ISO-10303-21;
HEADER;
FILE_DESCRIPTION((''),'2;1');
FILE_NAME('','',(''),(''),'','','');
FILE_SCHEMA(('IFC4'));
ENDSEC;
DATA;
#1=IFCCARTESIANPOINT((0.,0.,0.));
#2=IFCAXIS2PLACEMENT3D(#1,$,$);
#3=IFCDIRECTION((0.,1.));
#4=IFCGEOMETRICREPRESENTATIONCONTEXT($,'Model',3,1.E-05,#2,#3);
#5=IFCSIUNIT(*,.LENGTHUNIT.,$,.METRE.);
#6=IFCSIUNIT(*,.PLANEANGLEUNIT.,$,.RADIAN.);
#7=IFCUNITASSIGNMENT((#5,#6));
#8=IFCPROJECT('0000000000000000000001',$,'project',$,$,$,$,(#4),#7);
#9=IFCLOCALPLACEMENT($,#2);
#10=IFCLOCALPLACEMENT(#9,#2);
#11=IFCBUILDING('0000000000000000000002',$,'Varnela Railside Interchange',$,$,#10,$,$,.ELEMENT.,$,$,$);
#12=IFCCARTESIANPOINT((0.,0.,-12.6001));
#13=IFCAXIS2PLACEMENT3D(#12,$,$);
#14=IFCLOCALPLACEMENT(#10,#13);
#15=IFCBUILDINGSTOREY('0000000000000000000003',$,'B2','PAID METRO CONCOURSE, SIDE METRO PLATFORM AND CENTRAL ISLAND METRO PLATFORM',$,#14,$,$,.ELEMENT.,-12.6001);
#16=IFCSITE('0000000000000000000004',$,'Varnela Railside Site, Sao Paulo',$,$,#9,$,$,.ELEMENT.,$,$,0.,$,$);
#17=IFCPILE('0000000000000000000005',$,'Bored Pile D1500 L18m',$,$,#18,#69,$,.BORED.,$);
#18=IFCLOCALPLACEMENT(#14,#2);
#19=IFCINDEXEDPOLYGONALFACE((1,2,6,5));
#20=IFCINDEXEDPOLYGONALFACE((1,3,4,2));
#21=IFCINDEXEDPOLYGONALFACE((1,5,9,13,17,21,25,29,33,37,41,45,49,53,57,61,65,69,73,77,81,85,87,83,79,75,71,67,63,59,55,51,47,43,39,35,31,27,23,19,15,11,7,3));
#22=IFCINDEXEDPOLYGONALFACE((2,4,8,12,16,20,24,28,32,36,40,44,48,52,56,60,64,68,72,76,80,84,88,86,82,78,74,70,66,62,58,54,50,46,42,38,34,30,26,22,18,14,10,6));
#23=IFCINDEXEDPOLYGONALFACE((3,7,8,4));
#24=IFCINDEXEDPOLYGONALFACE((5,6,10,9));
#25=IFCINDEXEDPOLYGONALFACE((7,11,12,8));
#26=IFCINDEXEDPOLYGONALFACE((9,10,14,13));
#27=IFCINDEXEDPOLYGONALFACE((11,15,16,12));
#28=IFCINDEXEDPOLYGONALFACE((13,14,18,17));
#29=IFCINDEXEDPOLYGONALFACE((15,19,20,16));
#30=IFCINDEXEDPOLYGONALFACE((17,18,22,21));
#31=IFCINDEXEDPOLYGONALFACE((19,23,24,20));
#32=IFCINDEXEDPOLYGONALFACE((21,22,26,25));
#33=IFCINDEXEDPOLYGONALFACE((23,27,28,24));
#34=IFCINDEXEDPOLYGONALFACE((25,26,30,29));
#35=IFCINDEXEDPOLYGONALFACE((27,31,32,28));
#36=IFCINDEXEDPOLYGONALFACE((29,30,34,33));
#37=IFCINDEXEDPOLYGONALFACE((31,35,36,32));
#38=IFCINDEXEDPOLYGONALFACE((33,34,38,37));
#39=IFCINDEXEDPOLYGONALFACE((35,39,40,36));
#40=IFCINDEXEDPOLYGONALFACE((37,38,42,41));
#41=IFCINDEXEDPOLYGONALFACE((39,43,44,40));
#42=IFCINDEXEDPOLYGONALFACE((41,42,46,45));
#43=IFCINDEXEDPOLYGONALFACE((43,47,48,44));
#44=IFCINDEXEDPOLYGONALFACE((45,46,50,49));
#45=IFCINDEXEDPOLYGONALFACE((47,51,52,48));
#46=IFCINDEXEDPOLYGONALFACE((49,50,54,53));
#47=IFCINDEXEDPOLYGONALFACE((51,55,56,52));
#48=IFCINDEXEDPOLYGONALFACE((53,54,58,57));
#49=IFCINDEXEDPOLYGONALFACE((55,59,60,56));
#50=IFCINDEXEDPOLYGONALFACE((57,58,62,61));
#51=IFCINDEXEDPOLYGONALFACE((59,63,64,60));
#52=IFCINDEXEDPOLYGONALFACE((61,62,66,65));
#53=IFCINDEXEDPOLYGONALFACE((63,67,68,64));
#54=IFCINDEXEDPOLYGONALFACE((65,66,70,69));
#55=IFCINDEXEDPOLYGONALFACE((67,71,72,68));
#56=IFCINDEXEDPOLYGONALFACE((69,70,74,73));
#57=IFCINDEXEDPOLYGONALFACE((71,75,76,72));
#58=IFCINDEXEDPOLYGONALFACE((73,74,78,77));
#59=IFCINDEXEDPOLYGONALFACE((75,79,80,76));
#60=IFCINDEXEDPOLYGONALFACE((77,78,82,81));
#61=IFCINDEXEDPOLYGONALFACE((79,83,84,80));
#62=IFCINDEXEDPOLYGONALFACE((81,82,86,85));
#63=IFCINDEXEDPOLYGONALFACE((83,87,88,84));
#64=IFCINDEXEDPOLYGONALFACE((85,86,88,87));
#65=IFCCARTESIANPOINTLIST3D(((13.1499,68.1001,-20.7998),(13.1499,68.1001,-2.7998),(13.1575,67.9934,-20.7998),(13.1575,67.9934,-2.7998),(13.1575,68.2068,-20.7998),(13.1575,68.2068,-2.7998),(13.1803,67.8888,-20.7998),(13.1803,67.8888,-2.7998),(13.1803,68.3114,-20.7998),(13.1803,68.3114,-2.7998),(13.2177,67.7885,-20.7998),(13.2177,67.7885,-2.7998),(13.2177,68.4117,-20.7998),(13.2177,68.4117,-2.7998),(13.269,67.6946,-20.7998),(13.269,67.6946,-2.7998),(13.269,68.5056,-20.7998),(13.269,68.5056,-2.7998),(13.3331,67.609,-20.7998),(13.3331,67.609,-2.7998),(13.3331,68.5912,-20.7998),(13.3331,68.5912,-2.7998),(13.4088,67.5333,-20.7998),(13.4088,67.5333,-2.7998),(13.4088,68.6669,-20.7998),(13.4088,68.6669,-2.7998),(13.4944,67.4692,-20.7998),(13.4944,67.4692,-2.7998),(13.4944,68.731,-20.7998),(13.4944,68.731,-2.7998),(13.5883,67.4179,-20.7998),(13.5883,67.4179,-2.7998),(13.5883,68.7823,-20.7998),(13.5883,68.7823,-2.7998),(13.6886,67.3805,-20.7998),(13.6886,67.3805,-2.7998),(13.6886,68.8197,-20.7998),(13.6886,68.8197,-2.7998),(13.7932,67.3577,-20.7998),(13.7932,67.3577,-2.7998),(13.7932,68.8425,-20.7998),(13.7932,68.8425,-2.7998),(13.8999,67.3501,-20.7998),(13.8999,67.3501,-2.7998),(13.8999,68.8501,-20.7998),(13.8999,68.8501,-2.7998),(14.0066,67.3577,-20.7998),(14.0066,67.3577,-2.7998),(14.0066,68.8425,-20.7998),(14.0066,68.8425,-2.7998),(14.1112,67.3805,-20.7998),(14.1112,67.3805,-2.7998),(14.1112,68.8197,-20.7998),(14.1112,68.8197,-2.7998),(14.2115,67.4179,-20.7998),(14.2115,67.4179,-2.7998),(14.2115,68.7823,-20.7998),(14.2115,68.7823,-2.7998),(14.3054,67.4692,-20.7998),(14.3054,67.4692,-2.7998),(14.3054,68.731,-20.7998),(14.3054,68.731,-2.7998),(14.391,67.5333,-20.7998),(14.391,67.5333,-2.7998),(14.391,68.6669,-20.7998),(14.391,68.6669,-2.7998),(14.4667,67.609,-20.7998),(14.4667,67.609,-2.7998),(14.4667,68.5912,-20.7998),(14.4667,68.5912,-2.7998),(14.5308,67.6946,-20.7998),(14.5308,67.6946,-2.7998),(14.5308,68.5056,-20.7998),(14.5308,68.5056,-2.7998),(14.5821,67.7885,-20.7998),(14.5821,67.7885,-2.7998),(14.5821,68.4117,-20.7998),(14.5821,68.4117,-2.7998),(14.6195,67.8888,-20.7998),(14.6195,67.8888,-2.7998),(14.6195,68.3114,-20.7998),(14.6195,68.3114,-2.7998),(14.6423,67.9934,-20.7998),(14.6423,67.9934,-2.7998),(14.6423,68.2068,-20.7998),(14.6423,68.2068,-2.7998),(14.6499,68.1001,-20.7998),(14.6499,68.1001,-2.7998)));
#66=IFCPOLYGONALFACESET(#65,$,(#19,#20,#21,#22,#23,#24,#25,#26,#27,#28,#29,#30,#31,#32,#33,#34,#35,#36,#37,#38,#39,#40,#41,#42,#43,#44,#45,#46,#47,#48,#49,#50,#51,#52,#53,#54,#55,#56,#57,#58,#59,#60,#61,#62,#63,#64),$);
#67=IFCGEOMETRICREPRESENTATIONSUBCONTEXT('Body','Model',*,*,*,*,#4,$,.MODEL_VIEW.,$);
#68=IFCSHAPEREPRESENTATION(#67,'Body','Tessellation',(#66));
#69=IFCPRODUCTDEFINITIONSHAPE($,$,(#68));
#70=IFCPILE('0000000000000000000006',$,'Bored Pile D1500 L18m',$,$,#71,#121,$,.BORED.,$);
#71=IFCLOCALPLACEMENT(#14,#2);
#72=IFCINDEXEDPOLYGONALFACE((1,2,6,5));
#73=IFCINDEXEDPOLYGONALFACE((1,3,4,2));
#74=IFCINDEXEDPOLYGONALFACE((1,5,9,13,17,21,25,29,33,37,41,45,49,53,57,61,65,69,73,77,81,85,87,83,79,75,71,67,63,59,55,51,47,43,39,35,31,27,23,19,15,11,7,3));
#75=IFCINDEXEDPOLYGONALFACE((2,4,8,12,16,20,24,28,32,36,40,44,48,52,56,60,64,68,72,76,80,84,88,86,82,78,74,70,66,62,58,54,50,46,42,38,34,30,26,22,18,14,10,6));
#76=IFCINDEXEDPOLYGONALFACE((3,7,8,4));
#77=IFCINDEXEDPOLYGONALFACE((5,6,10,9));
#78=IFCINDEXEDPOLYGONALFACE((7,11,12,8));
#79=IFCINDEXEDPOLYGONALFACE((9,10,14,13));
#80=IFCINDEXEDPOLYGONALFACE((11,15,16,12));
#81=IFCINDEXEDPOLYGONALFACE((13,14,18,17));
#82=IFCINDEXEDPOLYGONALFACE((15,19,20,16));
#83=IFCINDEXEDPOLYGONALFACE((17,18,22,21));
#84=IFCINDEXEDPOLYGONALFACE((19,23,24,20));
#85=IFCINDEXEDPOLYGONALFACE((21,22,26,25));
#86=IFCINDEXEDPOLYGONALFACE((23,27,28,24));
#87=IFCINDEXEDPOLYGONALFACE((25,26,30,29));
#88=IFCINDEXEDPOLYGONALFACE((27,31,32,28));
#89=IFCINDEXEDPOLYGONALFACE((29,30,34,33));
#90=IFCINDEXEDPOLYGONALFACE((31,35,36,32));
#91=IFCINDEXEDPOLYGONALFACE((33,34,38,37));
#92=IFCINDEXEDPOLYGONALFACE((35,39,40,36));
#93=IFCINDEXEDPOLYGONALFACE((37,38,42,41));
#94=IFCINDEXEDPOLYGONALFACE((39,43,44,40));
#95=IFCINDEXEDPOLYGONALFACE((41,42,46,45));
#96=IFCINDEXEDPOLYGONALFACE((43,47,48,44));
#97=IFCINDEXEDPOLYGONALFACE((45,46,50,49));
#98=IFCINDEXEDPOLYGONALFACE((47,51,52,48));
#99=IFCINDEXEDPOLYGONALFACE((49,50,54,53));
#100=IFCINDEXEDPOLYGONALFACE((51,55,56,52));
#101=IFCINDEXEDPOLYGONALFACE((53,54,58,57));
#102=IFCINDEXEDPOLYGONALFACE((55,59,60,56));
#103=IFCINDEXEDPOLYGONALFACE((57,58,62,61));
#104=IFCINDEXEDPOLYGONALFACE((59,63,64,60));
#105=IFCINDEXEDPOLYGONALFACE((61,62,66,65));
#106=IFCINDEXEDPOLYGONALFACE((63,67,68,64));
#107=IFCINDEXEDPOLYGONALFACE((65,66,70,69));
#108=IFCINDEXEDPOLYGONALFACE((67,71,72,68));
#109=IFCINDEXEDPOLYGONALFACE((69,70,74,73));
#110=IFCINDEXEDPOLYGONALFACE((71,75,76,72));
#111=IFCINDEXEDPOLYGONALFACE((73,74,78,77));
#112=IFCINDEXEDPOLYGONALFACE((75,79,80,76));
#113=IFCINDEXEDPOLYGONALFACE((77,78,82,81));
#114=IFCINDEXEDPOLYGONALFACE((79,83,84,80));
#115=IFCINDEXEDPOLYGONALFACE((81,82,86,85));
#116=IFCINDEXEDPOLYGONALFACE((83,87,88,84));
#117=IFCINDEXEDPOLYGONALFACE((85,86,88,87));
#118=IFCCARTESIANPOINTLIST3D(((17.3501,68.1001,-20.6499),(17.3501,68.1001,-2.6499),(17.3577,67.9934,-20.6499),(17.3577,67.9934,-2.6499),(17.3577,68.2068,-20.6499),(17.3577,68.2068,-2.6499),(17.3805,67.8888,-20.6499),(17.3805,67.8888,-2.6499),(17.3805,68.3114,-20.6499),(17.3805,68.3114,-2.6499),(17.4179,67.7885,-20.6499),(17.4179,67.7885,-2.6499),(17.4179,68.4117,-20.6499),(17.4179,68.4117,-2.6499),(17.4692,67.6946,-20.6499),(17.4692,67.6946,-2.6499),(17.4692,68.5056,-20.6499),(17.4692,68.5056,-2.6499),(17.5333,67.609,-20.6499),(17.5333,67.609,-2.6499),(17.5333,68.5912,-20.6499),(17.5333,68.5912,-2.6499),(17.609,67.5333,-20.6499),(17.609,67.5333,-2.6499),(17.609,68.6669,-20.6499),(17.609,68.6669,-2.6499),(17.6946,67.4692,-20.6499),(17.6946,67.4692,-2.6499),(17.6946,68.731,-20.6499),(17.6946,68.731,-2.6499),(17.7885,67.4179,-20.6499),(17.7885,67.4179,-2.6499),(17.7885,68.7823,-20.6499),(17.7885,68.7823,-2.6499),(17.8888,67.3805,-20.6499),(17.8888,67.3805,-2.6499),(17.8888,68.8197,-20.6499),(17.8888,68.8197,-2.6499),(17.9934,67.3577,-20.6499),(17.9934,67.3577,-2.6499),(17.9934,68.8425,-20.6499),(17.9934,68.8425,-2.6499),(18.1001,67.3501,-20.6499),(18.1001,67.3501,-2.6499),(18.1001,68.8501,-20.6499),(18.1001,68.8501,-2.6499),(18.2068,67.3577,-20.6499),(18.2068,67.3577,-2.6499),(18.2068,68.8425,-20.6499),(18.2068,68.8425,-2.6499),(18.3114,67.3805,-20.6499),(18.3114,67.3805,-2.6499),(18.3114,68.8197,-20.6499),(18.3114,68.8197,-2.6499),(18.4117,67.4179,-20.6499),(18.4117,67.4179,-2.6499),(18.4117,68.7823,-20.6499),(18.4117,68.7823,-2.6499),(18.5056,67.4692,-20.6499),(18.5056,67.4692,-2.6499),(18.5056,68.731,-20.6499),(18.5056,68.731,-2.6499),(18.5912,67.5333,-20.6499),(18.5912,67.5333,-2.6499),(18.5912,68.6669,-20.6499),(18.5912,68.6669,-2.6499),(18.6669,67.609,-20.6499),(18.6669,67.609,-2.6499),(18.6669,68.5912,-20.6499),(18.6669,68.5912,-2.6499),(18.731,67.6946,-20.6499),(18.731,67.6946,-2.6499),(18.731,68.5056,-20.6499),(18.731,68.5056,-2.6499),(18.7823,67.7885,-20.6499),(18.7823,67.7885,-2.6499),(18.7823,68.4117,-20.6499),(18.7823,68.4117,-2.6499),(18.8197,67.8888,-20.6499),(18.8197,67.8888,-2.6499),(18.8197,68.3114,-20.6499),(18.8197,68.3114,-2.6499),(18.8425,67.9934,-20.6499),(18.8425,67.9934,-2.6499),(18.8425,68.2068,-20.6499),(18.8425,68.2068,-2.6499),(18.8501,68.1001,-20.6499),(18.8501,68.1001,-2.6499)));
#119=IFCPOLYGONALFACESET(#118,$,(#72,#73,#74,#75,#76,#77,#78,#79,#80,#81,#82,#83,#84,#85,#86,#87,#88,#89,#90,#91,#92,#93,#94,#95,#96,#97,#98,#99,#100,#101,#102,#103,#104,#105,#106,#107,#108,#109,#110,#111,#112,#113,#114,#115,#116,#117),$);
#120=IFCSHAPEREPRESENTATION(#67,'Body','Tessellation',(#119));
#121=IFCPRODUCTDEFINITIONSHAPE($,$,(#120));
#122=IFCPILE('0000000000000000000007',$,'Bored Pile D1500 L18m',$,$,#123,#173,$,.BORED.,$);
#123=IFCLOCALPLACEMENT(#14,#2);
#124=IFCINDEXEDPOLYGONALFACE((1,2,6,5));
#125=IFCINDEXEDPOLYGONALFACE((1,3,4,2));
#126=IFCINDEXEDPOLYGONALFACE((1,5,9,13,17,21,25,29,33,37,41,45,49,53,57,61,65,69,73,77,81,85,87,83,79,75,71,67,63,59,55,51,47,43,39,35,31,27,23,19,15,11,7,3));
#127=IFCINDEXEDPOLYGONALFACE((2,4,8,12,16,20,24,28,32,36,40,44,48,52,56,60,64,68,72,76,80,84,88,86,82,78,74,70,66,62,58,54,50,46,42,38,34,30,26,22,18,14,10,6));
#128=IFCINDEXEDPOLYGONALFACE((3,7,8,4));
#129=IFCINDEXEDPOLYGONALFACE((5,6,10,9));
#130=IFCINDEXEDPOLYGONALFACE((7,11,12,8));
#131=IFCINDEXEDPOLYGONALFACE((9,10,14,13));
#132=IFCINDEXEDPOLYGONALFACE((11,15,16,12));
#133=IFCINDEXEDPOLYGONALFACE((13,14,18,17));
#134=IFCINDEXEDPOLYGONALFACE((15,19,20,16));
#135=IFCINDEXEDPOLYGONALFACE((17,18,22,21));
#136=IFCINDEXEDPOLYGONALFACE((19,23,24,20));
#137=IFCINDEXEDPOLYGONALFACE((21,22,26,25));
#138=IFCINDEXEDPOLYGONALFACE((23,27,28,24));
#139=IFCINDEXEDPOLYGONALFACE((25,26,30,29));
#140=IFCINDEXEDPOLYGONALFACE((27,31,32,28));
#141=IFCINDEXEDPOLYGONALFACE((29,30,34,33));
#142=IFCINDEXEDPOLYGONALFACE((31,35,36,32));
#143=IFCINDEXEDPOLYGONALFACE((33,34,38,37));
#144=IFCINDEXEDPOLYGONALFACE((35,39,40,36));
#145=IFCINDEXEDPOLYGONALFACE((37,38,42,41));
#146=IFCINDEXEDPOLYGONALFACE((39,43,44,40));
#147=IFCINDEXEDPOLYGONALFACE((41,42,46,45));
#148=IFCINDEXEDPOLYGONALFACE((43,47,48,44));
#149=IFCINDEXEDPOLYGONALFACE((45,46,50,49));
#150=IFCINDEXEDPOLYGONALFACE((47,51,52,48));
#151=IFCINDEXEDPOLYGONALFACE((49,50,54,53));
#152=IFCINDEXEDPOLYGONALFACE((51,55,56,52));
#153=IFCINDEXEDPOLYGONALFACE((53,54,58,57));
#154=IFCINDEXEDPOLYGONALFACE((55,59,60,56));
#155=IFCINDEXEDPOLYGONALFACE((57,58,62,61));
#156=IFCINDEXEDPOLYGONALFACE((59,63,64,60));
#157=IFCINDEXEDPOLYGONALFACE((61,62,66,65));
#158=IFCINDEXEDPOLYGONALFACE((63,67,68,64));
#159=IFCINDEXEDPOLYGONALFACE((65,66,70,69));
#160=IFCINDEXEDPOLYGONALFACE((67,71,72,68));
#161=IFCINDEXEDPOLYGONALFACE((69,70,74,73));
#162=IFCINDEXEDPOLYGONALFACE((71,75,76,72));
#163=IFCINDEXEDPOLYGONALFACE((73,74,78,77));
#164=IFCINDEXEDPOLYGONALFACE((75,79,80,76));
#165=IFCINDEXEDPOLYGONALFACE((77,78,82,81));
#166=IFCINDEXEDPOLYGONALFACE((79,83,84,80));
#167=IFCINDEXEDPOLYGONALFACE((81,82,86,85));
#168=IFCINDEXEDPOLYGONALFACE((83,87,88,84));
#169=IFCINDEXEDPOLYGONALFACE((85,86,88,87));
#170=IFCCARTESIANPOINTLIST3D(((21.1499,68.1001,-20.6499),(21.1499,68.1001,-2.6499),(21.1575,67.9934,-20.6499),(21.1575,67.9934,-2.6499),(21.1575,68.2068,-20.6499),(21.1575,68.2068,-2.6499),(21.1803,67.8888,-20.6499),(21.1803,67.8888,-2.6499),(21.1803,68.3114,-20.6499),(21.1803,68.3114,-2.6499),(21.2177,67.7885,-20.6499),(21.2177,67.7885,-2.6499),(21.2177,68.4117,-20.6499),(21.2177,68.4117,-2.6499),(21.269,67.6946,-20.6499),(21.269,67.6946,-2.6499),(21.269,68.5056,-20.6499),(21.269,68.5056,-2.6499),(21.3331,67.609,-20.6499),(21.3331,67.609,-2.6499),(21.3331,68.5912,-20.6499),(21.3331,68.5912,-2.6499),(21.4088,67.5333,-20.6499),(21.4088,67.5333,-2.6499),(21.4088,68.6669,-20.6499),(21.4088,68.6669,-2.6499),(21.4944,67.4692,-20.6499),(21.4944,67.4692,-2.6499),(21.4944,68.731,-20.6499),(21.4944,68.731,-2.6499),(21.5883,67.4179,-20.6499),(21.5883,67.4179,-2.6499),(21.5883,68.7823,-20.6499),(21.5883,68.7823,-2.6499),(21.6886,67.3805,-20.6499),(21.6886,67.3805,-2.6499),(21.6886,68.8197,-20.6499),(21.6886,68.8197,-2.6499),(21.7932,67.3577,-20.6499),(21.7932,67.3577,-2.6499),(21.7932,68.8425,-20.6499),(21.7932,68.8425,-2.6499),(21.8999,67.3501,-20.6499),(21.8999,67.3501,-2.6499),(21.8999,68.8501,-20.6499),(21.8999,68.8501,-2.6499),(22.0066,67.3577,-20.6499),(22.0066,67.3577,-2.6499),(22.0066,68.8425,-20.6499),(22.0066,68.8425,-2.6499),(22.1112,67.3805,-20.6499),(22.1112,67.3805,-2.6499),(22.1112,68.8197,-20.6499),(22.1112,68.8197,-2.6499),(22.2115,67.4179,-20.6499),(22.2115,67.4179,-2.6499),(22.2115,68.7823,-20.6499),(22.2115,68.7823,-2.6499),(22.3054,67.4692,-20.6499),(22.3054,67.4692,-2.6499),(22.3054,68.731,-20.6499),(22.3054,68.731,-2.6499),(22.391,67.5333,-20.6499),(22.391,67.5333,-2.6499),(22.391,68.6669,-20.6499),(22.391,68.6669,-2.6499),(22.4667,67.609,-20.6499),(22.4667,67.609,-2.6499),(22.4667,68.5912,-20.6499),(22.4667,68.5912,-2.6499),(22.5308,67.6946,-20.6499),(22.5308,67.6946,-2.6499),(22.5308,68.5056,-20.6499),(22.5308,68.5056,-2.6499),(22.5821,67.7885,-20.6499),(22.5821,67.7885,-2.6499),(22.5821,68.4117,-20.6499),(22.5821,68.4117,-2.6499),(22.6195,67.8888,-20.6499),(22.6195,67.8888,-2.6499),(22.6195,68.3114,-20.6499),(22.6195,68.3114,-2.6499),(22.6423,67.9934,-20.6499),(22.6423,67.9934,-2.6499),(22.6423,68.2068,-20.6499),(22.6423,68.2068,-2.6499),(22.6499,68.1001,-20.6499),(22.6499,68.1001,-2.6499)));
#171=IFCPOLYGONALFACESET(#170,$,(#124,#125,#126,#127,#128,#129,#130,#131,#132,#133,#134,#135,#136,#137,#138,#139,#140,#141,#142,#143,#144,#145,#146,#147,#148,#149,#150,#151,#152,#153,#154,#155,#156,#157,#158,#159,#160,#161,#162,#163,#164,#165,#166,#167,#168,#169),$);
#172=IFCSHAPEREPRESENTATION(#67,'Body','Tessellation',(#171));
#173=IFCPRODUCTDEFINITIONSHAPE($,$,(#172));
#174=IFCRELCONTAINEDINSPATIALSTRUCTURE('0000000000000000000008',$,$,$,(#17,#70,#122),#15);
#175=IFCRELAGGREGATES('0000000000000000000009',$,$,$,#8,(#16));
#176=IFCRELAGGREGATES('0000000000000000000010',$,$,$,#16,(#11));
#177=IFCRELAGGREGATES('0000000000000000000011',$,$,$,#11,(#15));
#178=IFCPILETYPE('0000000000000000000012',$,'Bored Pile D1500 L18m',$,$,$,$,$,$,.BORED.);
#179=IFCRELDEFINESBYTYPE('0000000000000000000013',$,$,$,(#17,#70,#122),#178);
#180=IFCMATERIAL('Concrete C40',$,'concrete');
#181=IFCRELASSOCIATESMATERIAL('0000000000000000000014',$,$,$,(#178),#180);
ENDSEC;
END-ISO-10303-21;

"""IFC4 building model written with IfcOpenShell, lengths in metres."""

from ifc_helpers import new_model, si_unit, direction, frame, origin, origin_2d, place, context, subcontext, project, spatial, circle, extrude, material, material_profile, profile_set, type_object, element, save


model = new_model("IFC4")

# Units and contexts
model_context = context("Model", 3, precision=1e-05, world=origin(), true_north=direction((0.0, 1.0)))
body_context = subcontext(model_context, "Body", "Model", "MODEL_VIEW")
ifc_project = project(units=[si_unit("LENGTHUNIT", "METRE"), si_unit("PLANEANGLEUNIT", "RADIAN")], contexts=[model_context])

# Site, building, storey
site_placement = place(None, origin())
site = spatial("IfcSite", under=ifc_project, at=site_placement, Name="Varnela Railside Site, Sao Paulo", CompositionType="ELEMENT", RefElevation=0.0)
building_placement = place(site_placement, origin())
building = spatial("IfcBuilding", under=site, at=building_placement, Name="Varnela Railside Interchange", CompositionType="ELEMENT")
storey_placement = place(building_placement, frame((0.0, 0.0, -12.6001)))
storey = spatial("IfcBuildingStorey", under=building, at=storey_placement, Name="B2", Description="PAID METRO CONCOURSE, SIDE METRO PLATFORM AND CENTRAL ISLAND METRO PLATFORM", CompositionType="ELEMENT", Elevation=-12.6001)

# Piles
ifc_material_1 = material(Name="Concrete C40", Category="concrete")
ifc_material_profile = material_profile(ifc_material_1, circle(Radius=0.75, at=origin_2d()), Name="BORED PILE D1500")
ifc_profile_set = profile_set([ifc_material_profile], Name="Concrete C40")
pile_type = type_object("IfcPileType", Name="Bored Pile D1500 L18m", PredefinedType="BORED", material=ifc_profile_set)
for number, where, z_axis, x_axis, name in (
    (1, (13.8999, 68.1001, -2.7998), (0.0, 0.0, -1.0), (1.0, 0.0, 0.0), "Bored Pile D1500 L18m"),
    (2, (18.1001, 68.1001, -2.6499), (0.0, 0.0, -1.0), (1.0, 0.0, 0.0), "Bored Pile D1500 L18m"),
    (3, (21.8999, 68.1001, -2.6499), (0.0, 0.0, -1.0), (1.0, 0.0, 0.0), "Bored Pile D1500 L18m"),
):
    element("IfcPile", number, at=place(storey_placement, frame(where, z_axis=z_axis, x_axis=x_axis)), inside=storey, type_object=pile_type, Name=name, PredefinedType="BORED", context=body_context, shape_type="SweptSolid", body=[
        extrude(circle(Radius=0.75, at=origin_2d()), origin(), (0.0, 0.0, 1.0), 18.0),
    ])

save(model, "model.ifc")
